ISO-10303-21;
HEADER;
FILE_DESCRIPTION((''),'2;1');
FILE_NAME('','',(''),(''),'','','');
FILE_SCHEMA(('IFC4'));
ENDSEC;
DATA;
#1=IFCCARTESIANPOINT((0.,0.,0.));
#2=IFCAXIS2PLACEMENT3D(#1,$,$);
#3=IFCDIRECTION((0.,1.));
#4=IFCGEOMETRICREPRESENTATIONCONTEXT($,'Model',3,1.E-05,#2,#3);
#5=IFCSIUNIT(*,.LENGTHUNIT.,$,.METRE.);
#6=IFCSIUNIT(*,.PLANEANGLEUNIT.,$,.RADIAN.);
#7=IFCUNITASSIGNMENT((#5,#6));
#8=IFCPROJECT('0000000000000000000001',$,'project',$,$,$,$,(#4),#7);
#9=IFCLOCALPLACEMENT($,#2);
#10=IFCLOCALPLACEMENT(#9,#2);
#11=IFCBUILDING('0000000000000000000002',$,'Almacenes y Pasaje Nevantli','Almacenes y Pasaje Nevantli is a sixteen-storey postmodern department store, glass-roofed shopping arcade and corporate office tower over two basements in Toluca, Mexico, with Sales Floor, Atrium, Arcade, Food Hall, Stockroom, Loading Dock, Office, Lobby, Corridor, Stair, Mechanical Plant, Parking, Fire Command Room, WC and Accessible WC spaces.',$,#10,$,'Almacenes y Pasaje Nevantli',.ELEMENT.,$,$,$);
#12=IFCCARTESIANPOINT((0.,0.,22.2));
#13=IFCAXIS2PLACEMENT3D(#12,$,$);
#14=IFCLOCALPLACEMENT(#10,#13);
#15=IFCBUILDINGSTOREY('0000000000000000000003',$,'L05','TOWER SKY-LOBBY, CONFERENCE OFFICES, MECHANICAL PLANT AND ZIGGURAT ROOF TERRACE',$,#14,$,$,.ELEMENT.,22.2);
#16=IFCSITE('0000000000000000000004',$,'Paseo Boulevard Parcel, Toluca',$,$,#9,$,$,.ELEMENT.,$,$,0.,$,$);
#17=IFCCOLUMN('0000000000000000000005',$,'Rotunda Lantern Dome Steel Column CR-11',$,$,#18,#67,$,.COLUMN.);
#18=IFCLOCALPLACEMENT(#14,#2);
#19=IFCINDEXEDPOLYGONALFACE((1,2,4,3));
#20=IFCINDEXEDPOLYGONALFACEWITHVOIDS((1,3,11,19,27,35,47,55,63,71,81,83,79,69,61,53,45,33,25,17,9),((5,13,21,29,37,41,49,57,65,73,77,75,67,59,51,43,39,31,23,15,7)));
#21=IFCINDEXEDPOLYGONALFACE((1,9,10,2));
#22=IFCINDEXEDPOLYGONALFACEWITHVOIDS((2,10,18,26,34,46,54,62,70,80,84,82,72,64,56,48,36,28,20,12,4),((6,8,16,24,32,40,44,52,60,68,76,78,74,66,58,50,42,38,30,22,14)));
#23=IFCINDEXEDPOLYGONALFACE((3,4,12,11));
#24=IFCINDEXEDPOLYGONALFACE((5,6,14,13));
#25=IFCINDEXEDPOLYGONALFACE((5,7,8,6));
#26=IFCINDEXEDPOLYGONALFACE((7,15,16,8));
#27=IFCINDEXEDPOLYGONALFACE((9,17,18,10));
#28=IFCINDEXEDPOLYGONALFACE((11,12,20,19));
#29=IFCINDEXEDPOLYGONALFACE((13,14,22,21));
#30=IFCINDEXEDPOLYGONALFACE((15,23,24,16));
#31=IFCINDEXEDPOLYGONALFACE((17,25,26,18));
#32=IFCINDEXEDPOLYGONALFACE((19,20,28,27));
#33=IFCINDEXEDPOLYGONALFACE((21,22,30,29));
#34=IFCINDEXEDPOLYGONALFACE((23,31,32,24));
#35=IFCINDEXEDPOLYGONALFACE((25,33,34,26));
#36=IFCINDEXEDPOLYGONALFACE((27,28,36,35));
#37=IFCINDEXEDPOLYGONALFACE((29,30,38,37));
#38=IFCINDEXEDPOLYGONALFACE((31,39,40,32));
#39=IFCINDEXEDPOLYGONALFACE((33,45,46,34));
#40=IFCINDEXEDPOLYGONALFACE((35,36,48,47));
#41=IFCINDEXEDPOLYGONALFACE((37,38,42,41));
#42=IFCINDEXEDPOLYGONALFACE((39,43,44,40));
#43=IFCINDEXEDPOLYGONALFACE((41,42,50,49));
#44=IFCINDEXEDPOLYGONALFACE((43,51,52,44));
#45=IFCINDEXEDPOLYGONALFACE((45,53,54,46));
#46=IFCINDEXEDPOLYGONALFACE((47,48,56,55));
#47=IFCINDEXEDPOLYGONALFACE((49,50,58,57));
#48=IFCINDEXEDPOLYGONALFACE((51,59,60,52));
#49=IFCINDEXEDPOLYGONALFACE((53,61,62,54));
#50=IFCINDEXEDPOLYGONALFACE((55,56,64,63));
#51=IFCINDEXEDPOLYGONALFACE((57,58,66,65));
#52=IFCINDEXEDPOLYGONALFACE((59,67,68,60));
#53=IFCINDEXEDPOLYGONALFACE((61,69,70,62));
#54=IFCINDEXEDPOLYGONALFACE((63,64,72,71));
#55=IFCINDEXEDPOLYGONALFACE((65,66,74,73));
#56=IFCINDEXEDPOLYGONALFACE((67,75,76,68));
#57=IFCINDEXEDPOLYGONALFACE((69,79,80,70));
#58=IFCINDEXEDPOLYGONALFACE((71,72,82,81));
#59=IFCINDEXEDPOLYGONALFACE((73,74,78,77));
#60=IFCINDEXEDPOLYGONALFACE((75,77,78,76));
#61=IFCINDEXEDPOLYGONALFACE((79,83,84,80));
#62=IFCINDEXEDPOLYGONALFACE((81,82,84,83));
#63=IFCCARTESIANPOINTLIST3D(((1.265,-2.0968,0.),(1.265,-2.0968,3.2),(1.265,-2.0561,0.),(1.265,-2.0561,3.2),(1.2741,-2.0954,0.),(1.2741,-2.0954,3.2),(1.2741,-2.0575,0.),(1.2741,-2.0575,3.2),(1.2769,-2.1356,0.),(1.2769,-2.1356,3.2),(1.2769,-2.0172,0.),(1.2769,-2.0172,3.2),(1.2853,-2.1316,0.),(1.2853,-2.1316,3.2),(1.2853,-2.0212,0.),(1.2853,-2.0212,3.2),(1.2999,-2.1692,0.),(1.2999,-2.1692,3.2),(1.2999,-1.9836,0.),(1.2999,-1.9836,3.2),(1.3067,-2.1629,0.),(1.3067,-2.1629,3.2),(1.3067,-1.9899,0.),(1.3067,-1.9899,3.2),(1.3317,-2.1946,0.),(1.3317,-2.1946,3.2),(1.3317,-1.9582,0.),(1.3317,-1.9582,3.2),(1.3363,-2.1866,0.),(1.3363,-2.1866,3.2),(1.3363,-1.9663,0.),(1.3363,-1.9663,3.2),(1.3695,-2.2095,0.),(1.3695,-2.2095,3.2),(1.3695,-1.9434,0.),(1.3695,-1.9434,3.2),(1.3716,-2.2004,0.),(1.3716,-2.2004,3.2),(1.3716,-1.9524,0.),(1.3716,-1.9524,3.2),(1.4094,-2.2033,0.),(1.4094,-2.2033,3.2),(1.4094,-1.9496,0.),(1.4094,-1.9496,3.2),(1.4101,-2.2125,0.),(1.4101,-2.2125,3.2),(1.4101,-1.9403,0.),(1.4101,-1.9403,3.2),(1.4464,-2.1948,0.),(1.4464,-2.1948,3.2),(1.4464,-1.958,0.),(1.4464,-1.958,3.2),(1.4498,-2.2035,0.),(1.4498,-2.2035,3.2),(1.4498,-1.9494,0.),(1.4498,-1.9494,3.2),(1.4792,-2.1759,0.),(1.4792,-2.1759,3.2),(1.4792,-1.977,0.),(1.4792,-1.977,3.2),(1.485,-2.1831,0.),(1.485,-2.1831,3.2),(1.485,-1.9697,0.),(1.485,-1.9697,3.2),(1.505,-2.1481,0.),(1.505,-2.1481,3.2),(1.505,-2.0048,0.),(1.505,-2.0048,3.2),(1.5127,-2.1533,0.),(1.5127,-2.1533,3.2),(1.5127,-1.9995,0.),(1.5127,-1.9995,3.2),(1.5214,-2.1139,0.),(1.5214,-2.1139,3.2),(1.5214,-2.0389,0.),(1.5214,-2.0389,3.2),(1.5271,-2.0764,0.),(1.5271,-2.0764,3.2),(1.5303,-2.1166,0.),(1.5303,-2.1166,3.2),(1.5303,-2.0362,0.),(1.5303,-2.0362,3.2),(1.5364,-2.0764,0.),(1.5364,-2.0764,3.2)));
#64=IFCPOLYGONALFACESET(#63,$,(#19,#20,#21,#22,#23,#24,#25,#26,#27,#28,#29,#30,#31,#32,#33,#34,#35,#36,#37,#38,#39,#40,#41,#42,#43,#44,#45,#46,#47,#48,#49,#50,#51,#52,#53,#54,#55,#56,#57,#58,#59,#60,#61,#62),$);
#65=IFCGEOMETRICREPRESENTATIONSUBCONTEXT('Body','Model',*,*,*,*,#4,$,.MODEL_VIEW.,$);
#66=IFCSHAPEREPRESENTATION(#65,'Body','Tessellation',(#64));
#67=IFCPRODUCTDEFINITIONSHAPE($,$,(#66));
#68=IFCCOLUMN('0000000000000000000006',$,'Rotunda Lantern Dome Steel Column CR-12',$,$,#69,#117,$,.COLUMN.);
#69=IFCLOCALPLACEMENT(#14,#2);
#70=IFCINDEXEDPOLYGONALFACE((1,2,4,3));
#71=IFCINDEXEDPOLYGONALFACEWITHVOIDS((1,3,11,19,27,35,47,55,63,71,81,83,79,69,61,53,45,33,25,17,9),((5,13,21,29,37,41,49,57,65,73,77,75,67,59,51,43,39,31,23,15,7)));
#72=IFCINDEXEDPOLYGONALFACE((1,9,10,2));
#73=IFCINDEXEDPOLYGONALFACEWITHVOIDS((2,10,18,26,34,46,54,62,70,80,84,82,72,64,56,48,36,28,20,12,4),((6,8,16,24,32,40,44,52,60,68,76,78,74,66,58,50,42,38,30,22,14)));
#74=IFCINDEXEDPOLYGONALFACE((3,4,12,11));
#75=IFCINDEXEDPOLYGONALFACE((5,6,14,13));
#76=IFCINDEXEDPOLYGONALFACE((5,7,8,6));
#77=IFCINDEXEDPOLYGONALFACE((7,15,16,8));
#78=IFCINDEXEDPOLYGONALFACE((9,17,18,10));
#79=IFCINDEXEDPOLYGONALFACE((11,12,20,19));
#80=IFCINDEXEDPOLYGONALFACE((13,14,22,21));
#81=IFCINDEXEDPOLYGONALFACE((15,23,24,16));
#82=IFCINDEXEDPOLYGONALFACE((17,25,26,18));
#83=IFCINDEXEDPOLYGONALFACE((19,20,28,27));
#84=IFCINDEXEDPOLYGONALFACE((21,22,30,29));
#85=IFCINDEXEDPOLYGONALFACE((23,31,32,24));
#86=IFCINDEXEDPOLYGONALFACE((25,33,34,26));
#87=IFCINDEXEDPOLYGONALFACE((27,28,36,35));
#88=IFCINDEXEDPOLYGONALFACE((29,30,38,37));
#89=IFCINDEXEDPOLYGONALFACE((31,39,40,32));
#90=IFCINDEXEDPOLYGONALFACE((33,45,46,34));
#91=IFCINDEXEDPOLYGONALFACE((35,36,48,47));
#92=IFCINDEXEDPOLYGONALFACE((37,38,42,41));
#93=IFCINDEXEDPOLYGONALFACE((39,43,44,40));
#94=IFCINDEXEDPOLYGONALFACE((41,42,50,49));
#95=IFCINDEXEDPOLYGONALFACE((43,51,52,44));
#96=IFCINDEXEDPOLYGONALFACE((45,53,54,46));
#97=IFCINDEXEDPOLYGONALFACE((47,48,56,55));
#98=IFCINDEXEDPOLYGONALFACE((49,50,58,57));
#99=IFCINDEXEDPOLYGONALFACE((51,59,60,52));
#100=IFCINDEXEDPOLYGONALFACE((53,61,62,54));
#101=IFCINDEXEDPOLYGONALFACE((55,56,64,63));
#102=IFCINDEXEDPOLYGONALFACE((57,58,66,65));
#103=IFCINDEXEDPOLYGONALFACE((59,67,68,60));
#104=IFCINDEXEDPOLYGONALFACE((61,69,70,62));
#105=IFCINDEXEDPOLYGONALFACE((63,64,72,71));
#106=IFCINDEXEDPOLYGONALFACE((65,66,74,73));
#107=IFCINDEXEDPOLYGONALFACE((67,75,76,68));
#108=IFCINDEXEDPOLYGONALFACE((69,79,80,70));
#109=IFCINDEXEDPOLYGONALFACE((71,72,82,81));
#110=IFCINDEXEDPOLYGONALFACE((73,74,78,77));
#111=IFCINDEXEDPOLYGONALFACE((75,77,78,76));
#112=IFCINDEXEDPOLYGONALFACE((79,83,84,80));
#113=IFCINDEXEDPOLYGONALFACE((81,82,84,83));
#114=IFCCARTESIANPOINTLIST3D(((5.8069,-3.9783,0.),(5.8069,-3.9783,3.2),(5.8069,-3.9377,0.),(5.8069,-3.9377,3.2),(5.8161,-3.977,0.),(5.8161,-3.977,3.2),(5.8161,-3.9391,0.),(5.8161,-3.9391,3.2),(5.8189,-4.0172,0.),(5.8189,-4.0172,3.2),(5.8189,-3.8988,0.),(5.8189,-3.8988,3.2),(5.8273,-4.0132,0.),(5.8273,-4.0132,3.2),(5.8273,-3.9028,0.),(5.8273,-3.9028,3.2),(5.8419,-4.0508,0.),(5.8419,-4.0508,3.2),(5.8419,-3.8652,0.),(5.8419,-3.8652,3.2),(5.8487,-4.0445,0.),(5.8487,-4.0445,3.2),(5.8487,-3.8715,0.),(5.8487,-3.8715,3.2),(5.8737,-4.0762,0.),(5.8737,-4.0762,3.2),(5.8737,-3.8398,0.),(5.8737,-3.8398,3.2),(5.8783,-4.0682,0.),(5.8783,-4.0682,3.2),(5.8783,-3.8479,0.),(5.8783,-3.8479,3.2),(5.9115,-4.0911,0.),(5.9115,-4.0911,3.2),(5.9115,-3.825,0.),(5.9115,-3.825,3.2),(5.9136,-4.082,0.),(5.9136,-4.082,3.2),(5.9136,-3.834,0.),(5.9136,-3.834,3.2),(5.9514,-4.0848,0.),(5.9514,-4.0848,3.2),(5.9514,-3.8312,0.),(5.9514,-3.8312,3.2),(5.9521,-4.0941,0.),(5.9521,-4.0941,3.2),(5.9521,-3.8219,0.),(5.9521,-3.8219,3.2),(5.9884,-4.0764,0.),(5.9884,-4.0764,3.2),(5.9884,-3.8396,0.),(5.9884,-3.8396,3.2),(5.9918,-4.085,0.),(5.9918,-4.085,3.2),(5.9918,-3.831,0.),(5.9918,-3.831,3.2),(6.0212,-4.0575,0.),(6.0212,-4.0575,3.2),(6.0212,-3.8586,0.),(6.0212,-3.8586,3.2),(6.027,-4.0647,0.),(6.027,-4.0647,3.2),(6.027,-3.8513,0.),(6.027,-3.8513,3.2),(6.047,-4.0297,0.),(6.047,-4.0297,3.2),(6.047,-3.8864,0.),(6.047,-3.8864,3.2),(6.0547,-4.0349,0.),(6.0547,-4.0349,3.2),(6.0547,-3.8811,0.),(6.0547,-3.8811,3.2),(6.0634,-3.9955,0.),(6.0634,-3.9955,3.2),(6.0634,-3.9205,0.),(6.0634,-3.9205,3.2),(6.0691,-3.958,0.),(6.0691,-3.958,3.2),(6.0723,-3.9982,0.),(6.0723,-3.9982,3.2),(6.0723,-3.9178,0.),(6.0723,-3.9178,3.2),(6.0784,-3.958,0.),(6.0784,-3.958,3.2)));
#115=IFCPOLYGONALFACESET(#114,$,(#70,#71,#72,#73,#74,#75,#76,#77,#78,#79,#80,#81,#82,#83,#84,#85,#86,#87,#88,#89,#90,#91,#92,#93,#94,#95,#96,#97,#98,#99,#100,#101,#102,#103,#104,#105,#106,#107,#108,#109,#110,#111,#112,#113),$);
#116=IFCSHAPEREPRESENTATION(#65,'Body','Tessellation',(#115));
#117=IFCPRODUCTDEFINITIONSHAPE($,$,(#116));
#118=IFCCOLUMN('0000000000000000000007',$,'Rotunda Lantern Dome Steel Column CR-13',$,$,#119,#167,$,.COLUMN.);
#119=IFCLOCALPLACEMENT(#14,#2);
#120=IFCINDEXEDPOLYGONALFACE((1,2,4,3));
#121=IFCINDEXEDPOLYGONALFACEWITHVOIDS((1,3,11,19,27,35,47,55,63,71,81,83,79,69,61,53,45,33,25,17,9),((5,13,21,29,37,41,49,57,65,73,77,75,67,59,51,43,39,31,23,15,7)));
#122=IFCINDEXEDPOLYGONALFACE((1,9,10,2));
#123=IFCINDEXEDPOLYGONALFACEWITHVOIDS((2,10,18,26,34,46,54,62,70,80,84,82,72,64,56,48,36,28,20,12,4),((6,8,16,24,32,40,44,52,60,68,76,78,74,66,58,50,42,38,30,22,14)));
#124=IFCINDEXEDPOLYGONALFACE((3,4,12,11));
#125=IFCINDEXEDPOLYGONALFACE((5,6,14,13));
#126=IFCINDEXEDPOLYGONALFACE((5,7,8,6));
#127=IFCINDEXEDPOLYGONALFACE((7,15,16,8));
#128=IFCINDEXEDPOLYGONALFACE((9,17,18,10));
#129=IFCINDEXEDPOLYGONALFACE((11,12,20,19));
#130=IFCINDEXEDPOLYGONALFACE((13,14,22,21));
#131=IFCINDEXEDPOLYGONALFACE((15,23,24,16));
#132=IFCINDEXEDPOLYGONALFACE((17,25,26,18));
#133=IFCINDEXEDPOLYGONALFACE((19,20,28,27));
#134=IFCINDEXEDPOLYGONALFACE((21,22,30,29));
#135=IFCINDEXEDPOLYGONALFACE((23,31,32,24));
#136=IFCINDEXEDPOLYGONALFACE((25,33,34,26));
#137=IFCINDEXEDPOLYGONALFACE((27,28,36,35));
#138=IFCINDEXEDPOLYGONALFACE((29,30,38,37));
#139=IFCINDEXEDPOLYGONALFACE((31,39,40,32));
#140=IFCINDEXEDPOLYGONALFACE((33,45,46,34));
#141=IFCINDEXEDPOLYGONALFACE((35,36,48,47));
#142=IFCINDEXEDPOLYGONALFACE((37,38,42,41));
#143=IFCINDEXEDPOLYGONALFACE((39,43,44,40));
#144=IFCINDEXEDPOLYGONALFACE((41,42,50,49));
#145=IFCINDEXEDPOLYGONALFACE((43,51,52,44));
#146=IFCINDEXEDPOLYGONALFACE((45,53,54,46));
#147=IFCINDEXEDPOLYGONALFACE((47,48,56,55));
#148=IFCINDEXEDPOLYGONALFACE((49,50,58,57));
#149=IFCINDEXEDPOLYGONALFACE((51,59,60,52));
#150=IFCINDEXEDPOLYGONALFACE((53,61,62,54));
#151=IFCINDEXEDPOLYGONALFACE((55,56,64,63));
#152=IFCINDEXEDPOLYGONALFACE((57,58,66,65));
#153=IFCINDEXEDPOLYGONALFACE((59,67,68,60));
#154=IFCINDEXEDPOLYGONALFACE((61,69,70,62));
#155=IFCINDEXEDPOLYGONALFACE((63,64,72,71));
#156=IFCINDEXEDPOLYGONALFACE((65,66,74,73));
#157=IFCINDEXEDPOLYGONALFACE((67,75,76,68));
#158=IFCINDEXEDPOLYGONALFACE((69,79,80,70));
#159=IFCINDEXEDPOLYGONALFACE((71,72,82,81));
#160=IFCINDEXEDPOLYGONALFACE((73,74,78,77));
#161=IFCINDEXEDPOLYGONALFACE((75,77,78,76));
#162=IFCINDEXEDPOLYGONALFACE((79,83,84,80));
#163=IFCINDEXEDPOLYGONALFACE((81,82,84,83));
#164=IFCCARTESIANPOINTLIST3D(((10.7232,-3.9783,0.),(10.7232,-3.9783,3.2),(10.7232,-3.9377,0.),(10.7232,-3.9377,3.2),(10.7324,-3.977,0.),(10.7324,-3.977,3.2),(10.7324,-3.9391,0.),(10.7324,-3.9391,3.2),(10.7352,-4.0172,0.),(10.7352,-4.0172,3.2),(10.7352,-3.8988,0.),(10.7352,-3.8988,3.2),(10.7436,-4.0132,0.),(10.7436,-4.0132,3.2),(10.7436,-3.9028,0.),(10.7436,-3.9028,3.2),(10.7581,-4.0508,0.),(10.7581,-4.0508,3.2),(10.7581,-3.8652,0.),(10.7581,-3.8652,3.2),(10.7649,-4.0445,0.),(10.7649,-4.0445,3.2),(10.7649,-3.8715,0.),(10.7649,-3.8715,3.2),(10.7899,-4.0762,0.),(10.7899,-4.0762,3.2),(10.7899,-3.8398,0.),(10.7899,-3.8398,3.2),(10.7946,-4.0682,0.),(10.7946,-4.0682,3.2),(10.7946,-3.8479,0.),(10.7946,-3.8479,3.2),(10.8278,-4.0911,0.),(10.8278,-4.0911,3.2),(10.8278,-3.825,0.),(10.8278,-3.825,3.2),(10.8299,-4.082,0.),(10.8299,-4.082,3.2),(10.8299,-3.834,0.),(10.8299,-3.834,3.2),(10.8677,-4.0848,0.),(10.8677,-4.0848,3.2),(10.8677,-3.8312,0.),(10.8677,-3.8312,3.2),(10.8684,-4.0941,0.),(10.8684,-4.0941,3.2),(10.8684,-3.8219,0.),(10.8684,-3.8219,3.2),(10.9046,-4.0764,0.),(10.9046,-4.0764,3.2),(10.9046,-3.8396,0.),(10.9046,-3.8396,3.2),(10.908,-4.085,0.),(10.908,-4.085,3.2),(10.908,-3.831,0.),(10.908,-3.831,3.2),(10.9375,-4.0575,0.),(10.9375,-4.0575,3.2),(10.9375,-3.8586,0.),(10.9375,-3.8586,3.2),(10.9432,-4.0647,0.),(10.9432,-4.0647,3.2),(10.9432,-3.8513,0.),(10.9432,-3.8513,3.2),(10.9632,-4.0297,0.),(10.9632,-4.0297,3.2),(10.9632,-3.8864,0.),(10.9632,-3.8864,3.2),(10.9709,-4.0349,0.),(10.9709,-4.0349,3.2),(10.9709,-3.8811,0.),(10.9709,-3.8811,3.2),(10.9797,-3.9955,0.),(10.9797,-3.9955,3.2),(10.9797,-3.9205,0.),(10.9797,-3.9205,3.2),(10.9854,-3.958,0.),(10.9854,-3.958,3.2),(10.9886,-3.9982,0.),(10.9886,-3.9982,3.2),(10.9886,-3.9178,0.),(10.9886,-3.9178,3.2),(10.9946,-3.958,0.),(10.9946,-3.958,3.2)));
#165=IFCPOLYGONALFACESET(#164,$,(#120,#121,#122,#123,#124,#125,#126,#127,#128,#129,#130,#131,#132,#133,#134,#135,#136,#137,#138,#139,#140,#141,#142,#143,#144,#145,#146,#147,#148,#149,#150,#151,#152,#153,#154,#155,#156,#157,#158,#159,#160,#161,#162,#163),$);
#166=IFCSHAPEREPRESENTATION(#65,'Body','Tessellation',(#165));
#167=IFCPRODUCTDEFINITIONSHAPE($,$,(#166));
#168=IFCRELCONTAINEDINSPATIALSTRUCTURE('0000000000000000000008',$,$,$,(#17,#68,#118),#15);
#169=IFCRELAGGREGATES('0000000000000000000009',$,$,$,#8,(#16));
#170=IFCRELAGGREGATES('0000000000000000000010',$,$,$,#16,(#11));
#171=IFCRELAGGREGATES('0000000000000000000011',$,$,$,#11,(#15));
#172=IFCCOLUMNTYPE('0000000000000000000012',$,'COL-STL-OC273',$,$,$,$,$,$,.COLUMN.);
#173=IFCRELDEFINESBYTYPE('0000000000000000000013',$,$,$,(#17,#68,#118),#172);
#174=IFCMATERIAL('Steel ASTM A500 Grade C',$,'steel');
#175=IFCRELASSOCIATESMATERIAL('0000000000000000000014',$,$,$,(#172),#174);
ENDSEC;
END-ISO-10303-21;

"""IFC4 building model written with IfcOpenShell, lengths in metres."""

from ifc_helpers import new_model, si_unit, direction, frame, origin, origin_2d, place, context, subcontext, project, spatial, hollow_circle, extrude, material, material_profile, profile_set, type_object, element, save


model = new_model("IFC4")

# Units and contexts
model_context = context("Model", 3, precision=1e-05, world=origin(), true_north=direction((0.0, 1.0)))
body_context = subcontext(model_context, "Body", "Model", "MODEL_VIEW")
ifc_project = project(units=[si_unit("LENGTHUNIT", "METRE"), si_unit("PLANEANGLEUNIT", "RADIAN")], contexts=[model_context])

# Site, building, storey
site_placement = place(None, origin())
site = spatial("IfcSite", under=ifc_project, at=site_placement, Name="Paseo Boulevard Parcel, Toluca", CompositionType="ELEMENT", RefElevation=0.0)
building_placement = place(site_placement, origin())
building = spatial("IfcBuilding", under=site, at=building_placement, Name="Almacenes y Pasaje Nevantli", Description="Almacenes y Pasaje Nevantli is a sixteen-storey postmodern department store, glass-roofed shopping arcade and corporate office tower over two basements in Toluca, Mexico, with Sales Floor, Atrium, Arcade, Food Hall, Stockroom, Loading Dock, Office, Lobby, Corridor, Stair, Mechanical Plant, Parking, Fire Command Room, WC and Accessible WC spaces.", LongName="Almacenes y Pasaje Nevantli", CompositionType="ELEMENT")
storey_placement = place(building_placement, frame((0.0, 0.0, 22.2)))
storey = spatial("IfcBuildingStorey", under=building, at=storey_placement, Name="L05", Description="TOWER SKY-LOBBY, CONFERENCE OFFICES, MECHANICAL PLANT AND ZIGGURAT ROOF TERRACE", CompositionType="ELEMENT", Elevation=22.2)

# Columns
ifc_material_1 = material(Name="Steel ASTM A500 Grade C", Category="steel")
ifc_material_profile_1 = material_profile(ifc_material_1, hollow_circle(Radius=0.1365, WallThickness=0.0093, at=origin_2d()), Name="OC 273x9.3")
ifc_profile_set_1 = profile_set([ifc_material_profile_1], Name="Steel ASTM A500 Grade C")
column_type = type_object("IfcColumnType", Name="COL-STL-OC273", PredefinedType="COLUMN", material=ifc_profile_set_1)
for number, where, z_axis, x_axis, name in (
    (1, (1.3999, -2.0764, 0.0), (0.0, 0.0, 1.0), (1.0, 0.0, 0.0), "Rotunda Lantern Dome Steel Column CR-11"),
    (2, (5.9419, -3.958, 0.0), (0.0, 0.0, 1.0), (1.0, 0.0, 0.0), "Rotunda Lantern Dome Steel Column CR-12"),
    (3, (10.8582, -3.958, 0.0), (0.0, 0.0, 1.0), (1.0, 0.0, 0.0), "Rotunda Lantern Dome Steel Column CR-13"),
):
    element("IfcColumn", number, at=place(storey_placement, frame(where, z_axis=z_axis, x_axis=x_axis)), inside=storey, type_object=column_type, Name=name, PredefinedType="COLUMN", context=body_context, shape_type="SweptSolid", body=[
        extrude(hollow_circle(Radius=0.1365, WallThickness=0.0093, at=origin_2d()), origin(), (0.0, 0.0, 1.0), 3.2),
    ])

save(model, "model.ifc")
